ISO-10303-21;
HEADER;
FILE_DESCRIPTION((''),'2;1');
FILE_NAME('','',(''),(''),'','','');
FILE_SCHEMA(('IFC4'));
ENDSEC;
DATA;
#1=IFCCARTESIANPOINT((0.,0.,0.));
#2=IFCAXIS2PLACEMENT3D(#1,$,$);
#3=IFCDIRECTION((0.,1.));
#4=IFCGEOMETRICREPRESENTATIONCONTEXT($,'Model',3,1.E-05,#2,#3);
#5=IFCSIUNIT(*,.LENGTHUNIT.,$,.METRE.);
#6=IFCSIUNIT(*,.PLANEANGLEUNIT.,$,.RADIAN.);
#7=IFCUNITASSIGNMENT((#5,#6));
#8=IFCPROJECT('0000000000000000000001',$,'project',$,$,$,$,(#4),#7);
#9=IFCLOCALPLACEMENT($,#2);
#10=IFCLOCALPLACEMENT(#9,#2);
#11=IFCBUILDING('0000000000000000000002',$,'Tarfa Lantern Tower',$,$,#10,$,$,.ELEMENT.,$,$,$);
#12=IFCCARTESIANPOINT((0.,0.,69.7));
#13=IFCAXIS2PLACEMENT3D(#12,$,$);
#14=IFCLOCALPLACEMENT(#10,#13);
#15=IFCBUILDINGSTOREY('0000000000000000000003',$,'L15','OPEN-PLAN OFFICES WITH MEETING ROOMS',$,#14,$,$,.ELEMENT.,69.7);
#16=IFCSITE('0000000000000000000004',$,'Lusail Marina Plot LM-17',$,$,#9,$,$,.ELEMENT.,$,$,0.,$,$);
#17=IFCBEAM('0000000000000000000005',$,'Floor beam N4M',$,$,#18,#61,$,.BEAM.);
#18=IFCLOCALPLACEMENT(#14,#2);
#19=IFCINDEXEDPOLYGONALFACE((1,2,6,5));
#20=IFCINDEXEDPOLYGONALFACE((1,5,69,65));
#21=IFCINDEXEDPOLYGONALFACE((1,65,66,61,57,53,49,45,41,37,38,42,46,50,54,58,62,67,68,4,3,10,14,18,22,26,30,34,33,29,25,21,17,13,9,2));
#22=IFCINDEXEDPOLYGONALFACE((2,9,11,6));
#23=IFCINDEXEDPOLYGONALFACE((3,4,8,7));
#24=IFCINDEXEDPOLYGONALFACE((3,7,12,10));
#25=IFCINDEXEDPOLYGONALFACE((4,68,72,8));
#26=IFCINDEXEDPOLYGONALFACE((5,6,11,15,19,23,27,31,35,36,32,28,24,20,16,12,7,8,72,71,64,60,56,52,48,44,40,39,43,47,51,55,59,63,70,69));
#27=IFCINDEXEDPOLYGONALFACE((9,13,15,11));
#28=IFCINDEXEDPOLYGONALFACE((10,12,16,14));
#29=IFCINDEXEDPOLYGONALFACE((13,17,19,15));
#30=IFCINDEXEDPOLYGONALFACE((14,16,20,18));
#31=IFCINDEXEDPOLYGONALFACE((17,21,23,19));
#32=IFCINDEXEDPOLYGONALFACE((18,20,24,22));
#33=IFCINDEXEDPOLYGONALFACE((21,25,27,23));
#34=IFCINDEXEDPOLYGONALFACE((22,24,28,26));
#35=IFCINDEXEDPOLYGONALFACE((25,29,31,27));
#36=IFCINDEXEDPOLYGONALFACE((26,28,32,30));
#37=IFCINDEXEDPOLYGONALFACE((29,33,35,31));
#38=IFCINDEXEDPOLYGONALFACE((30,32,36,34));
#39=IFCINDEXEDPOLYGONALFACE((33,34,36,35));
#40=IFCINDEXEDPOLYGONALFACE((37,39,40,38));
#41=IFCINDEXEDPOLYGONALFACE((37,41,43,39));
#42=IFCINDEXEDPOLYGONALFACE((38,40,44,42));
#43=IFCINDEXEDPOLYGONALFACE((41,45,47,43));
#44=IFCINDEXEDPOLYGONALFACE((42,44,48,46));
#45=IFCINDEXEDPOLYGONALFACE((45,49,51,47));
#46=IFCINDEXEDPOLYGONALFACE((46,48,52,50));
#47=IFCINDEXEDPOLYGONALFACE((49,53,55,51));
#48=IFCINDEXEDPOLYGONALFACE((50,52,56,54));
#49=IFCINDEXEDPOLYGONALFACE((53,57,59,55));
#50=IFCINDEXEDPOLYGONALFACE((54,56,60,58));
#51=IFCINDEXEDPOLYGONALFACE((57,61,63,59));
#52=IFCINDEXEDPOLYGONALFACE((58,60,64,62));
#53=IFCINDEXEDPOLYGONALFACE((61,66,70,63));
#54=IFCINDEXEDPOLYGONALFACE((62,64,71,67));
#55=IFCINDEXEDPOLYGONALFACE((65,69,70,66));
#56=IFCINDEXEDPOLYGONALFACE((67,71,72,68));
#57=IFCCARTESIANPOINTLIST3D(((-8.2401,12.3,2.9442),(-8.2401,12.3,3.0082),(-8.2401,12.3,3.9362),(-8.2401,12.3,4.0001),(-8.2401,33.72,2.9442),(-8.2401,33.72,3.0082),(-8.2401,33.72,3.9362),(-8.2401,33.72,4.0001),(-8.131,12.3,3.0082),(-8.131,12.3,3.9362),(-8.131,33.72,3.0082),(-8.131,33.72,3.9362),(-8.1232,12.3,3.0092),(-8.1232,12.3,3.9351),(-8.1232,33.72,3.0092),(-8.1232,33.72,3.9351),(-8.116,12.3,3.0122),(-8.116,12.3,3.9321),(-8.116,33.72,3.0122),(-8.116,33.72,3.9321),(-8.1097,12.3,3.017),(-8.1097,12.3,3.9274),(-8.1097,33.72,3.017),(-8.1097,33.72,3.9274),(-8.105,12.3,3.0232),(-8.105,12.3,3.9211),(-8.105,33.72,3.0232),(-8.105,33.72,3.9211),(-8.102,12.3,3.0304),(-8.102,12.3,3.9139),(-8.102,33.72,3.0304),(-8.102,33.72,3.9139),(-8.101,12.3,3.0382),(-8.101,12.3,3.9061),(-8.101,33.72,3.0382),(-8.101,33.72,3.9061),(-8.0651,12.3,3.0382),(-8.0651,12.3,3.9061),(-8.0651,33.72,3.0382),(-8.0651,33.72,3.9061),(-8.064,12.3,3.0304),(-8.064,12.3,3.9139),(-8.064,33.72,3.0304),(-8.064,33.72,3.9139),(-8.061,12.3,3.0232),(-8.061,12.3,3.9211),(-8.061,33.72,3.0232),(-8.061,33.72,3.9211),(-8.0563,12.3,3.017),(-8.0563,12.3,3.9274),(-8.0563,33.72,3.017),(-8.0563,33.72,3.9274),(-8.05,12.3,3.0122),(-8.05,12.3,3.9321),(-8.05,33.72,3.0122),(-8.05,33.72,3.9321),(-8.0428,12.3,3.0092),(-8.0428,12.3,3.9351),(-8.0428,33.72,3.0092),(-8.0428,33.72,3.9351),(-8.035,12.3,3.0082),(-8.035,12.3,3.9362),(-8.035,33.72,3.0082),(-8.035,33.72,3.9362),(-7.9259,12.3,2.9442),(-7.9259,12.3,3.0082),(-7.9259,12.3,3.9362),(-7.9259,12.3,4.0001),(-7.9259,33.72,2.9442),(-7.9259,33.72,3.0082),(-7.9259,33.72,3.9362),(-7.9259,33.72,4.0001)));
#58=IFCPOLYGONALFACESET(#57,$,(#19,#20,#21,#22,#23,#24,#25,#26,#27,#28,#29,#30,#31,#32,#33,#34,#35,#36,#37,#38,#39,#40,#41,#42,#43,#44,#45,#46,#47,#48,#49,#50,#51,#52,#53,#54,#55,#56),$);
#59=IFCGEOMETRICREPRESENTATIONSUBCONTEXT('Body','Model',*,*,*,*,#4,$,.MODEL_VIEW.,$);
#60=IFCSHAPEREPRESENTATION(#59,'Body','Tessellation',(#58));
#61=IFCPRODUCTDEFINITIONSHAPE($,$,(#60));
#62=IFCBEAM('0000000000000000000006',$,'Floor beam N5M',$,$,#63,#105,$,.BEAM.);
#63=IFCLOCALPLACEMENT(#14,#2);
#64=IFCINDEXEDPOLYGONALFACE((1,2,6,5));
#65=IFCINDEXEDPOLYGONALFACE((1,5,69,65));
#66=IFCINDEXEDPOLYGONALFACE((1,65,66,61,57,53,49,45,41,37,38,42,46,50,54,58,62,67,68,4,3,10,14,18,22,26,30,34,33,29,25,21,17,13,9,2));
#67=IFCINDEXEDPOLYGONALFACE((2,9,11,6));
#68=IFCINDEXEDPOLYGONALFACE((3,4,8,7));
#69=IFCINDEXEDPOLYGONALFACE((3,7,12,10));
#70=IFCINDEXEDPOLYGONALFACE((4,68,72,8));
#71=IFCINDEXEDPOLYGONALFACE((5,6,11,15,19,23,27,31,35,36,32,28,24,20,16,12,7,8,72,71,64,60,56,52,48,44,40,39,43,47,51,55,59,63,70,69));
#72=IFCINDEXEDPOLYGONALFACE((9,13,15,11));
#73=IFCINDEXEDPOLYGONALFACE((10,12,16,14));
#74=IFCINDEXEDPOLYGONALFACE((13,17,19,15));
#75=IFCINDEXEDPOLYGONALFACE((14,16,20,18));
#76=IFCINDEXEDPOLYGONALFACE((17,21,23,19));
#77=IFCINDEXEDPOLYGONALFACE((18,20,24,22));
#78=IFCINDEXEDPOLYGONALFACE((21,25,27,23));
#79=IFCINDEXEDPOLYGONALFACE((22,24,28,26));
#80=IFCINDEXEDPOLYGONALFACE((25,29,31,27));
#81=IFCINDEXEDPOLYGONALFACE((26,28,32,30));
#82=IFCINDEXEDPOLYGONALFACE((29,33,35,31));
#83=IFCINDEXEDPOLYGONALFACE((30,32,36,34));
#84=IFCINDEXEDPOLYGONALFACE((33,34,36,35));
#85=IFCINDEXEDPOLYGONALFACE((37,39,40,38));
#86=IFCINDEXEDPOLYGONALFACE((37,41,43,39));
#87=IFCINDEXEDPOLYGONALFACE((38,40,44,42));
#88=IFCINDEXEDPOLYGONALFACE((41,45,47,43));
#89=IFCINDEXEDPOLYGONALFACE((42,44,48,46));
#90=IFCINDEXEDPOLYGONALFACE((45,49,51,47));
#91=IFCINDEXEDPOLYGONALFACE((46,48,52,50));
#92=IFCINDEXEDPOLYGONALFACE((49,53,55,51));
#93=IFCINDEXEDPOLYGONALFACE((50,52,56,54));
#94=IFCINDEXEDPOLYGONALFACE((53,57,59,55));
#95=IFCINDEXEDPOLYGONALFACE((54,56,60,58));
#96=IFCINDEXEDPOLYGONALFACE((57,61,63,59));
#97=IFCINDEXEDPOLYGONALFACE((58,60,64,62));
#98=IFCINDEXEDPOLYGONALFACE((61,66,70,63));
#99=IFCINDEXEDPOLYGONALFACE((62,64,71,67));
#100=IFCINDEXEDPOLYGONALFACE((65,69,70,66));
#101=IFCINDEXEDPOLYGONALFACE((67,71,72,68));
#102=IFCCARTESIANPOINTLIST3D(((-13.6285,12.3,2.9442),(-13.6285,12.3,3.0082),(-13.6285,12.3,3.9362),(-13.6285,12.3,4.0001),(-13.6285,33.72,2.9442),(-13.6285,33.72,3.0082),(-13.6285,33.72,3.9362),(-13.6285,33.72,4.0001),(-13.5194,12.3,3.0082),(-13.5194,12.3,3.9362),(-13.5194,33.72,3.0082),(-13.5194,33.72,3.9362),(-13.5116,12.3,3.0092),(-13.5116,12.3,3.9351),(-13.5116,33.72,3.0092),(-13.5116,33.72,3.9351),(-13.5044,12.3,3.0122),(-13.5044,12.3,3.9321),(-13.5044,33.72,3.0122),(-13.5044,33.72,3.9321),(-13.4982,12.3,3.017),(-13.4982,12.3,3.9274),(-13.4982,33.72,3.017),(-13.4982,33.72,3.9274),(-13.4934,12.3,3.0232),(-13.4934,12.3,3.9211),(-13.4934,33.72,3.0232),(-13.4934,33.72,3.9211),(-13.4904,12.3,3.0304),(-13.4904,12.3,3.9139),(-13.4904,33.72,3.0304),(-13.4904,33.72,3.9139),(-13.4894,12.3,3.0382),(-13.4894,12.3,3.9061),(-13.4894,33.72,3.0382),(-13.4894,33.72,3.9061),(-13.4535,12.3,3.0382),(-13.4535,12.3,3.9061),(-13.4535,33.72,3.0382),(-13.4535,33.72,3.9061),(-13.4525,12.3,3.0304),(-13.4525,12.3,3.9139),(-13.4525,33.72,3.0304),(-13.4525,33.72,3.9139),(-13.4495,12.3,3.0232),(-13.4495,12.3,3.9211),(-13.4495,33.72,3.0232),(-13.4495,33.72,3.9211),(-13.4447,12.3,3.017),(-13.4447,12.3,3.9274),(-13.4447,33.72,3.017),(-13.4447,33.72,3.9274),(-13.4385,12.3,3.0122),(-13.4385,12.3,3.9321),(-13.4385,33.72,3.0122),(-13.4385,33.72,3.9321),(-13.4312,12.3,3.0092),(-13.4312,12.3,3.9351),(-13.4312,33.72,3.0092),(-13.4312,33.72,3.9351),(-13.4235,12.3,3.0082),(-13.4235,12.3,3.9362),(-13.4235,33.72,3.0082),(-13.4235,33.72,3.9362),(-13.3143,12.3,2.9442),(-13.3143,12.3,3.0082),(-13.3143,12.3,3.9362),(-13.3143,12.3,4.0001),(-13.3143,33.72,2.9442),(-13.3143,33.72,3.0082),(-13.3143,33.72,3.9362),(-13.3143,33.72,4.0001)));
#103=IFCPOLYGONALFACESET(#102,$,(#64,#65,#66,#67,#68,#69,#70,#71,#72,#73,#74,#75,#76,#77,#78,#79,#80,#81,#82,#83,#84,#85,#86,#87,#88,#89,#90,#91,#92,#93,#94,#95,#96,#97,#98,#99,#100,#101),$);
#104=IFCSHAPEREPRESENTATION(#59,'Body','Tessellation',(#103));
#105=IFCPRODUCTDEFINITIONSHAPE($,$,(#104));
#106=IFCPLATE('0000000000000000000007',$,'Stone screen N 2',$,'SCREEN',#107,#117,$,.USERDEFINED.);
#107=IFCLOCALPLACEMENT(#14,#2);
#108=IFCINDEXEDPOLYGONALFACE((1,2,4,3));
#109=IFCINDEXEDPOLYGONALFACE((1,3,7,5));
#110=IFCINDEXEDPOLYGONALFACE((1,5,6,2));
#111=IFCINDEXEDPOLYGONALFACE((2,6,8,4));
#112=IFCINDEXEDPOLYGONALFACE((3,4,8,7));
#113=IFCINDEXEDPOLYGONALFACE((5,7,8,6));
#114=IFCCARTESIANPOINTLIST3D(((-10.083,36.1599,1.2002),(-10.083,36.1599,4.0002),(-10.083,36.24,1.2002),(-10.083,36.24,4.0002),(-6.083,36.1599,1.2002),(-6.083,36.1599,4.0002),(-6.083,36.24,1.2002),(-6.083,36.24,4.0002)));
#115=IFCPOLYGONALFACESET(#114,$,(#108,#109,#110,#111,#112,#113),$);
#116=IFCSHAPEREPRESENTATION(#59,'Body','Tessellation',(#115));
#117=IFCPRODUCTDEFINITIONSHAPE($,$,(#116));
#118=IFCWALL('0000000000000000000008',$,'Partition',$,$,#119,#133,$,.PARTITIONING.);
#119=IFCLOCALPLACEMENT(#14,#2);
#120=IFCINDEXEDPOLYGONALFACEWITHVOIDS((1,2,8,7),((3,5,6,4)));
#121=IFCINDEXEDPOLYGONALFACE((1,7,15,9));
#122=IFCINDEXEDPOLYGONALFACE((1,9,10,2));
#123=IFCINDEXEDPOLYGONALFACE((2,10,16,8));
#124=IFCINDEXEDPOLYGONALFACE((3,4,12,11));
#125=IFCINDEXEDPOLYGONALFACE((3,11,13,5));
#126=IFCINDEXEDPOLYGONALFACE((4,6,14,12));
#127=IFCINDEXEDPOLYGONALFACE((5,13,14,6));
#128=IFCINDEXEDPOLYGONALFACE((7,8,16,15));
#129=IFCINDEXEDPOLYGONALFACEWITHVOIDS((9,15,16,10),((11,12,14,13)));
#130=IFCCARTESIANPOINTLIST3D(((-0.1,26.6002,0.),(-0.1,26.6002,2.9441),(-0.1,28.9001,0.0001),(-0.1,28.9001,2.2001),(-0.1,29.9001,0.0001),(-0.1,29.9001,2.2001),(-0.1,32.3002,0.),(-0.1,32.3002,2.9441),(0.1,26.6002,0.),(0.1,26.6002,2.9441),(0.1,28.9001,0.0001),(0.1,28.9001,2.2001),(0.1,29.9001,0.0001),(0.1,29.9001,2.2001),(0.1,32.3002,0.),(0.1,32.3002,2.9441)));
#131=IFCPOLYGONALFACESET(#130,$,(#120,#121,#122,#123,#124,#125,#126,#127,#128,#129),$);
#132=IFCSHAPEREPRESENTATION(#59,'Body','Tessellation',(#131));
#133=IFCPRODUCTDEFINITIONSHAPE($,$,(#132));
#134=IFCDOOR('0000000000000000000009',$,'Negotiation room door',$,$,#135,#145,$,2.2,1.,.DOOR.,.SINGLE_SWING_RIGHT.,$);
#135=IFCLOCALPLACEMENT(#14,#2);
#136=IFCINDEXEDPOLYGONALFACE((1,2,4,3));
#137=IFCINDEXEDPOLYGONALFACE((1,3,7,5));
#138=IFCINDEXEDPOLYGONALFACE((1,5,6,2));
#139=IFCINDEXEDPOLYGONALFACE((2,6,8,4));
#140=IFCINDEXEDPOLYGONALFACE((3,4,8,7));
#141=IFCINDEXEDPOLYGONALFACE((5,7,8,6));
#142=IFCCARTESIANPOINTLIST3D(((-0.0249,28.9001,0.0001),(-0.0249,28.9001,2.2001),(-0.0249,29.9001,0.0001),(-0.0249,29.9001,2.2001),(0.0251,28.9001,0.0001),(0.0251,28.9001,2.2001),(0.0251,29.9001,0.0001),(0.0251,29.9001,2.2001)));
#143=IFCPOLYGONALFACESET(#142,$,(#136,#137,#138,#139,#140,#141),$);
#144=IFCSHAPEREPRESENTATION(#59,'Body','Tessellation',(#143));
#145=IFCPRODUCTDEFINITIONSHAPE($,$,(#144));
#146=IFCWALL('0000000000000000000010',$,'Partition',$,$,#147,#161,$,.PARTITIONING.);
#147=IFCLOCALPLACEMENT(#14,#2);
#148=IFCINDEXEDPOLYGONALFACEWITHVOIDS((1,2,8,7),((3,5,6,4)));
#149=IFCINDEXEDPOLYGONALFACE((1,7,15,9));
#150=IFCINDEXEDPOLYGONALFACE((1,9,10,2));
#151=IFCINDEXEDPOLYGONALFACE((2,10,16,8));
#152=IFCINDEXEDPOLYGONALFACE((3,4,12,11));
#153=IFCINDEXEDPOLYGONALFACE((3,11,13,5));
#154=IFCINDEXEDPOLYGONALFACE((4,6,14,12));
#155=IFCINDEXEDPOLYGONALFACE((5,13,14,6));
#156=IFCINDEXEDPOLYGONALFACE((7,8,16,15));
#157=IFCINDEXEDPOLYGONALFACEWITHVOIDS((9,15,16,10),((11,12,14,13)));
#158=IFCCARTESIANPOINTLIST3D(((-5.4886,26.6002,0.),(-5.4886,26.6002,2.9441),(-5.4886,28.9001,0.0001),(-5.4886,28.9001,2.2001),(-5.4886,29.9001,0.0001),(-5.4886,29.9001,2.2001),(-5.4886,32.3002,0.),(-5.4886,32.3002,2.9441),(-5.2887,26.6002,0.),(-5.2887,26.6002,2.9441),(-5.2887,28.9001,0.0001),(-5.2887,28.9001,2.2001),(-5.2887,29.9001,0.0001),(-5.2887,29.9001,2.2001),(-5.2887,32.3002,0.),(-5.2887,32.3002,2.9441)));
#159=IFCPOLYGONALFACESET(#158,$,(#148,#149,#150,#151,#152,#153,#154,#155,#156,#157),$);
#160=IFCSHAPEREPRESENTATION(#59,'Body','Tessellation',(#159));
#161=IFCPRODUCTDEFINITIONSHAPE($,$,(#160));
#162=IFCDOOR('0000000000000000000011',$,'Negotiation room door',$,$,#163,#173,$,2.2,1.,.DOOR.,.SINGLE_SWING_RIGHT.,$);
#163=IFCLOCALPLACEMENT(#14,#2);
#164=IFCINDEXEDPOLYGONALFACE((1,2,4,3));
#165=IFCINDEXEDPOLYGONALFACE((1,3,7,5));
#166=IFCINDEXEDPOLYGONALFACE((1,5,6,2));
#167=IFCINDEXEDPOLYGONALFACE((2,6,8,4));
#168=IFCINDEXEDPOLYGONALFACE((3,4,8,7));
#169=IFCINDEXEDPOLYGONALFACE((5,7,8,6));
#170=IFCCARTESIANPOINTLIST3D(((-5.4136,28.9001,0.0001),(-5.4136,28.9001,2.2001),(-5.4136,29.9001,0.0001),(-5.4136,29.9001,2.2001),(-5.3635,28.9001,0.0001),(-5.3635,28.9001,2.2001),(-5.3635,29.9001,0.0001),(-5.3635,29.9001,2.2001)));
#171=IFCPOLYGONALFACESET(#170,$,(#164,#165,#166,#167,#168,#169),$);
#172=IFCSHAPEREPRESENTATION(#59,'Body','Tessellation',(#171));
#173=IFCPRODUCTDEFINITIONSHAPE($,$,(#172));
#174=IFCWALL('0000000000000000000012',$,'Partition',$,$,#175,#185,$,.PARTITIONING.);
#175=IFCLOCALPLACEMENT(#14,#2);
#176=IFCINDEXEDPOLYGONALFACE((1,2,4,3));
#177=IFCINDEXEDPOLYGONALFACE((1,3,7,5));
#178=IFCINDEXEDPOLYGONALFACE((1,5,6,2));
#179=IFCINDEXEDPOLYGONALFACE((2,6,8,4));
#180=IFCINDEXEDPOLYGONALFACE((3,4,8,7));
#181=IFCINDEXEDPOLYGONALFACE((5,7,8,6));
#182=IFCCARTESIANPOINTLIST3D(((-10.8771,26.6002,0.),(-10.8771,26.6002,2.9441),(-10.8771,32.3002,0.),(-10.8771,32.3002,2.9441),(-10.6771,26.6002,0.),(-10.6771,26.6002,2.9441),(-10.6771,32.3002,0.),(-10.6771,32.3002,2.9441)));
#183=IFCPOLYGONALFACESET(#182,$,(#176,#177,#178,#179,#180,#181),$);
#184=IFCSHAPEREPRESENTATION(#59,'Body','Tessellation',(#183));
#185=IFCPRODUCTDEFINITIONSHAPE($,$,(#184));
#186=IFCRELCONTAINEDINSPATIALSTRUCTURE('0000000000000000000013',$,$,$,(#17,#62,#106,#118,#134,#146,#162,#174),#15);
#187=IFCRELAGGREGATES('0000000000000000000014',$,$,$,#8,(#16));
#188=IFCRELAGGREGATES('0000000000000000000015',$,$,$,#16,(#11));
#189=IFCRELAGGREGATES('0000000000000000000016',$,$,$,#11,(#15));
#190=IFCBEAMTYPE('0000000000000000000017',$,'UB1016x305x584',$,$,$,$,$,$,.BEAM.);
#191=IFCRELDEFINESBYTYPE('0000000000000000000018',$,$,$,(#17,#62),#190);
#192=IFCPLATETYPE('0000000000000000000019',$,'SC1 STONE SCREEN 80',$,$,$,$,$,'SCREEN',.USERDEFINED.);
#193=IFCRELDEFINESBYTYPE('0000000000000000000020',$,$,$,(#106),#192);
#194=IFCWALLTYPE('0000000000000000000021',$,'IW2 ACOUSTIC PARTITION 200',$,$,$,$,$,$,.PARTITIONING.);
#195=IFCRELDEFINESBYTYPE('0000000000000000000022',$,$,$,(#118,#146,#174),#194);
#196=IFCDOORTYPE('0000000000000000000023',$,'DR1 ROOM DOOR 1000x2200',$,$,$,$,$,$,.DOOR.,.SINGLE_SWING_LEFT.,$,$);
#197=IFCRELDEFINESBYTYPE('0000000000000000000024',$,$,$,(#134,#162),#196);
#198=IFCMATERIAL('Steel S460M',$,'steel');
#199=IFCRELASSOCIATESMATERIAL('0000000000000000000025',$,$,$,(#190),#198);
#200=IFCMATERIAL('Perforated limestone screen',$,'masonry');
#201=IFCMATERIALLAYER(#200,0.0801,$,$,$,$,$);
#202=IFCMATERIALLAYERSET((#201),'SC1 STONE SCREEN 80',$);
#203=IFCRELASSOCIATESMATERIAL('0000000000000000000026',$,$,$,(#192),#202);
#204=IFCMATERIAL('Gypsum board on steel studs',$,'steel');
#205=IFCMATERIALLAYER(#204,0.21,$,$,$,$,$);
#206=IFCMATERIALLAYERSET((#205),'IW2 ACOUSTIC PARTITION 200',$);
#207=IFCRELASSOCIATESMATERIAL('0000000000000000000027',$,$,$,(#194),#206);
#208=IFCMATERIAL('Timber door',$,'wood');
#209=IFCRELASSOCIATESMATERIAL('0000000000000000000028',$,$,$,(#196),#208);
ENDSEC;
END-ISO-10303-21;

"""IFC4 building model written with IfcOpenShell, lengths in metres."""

from ifc_helpers import new_model, si_unit, direction, frame, frame_2d, origin, origin_2d, place, context, subcontext, project, spatial, rectangle, i_section, extrude, material, layer, layer_set, material_profile, profile_set, type_object, element, fill, save


model = new_model("IFC4")

# Units and contexts
model_context = context("Model", 3, precision=1e-05, world=origin(), true_north=direction((0.0, 1.0)))
body_context = subcontext(model_context, "Body", "Model", "MODEL_VIEW")
ifc_project = project(units=[si_unit("LENGTHUNIT", "METRE"), si_unit("PLANEANGLEUNIT", "RADIAN")], contexts=[model_context])

# Site, building, storey
site_placement = place(None, origin())
site = spatial("IfcSite", under=ifc_project, at=site_placement, Name="Lusail Marina Plot LM-17", CompositionType="ELEMENT", RefElevation=0.0)
building_placement = place(site_placement, origin())
building = spatial("IfcBuilding", under=site, at=building_placement, Name="Tarfa Lantern Tower", CompositionType="ELEMENT")
storey_placement = place(building_placement, frame((0.0, 0.0, 69.7)))
storey = spatial("IfcBuildingStorey", under=building, at=storey_placement, Name="L15", Description="OPEN-PLAN OFFICES WITH MEETING ROOMS", CompositionType="ELEMENT", Elevation=69.7)

# Beams
ifc_material_1 = material(Name="Steel S460M", Category="steel")
ifc_material_profile_1 = material_profile(ifc_material_1, i_section(OverallWidth=0.3142, OverallDepth=1.0559, WebThickness=0.0359, FlangeThickness=0.064, FilletRadius=0.03, at=origin_2d()), Name="UB1016x305x584")
ifc_profile_set_1 = profile_set([ifc_material_profile_1], Name="Steel S460M")
beam_type_1 = type_object("IfcBeamType", Name="UB1016x305x584", PredefinedType="BEAM", material=ifc_profile_set_1)
for number, where, z_axis, x_axis, name in (
    (1, (-8.083, 33.72, 3.4722), (0.0, -1.0, 0.0), (1.0, 0.0, 0.0), "Floor beam N4M"),
    (2, (-13.4714, 33.72, 3.4722), (0.0, -1.0, 0.0), (1.0, 0.0, 0.0), "Floor beam N5M"),
):
    element("IfcBeam", number, at=place(storey_placement, frame(where, z_axis=z_axis, x_axis=x_axis)), inside=storey, type_object=beam_type_1, Name=name, PredefinedType="BEAM", context=body_context, shape_type="SweptSolid", body=[
        extrude(i_section(OverallWidth=0.3142, OverallDepth=1.0559, WebThickness=0.0359, FlangeThickness=0.064, FilletRadius=0.03, at=origin_2d()), origin(), (0.0, 0.0, 1.0), 21.4199),
    ])

# Plate
ifc_material_2 = material(Name="Perforated limestone screen", Category="masonry")
ifc_layer_1 = layer(ifc_material_2, 0.0801)
ifc_layer_set_1 = layer_set([ifc_layer_1], Name="SC1 STONE SCREEN 80")
plate_type = type_object("IfcPlateType", Name="SC1 STONE SCREEN 80", ElementType="SCREEN", PredefinedType="USERDEFINED", material=ifc_layer_set_1)
plate_placement = place(storey_placement, frame((-8.083, 36.2, 1.2002), z_axis=(0.0, 0.0, 1.0), x_axis=(-1.0, 0.0, 0.0)))
element("IfcPlate", 3, at=plate_placement, inside=storey, type_object=plate_type, Name="Stone screen N 2", ObjectType="SCREEN", PredefinedType="USERDEFINED", context=body_context, shape_type="SweptSolid", body=[
    extrude(rectangle(XDim=4.0, YDim=0.0801, at=origin_2d()), origin(), (0.0, 0.0, 1.0), 2.8),
])

# Walls, openings, doors
ifc_material_3 = material(Name="Gypsum board on steel studs", Category="steel")
ifc_layer_2 = layer(ifc_material_3, 0.21)
ifc_layer_set_2 = layer_set([ifc_layer_2], Name="IW2 ACOUSTIC PARTITION 200")
wall_type = type_object("IfcWallType", Name="IW2 ACOUSTIC PARTITION 200", PredefinedType="PARTITIONING", material=ifc_layer_set_2)
wall_1_placement = place(storey_placement, frame((0.0, 26.6001, 0.0), z_axis=(0.0, 0.0, 1.0), x_axis=(0.0, 1.0, 0.0)))
wall_1 = element("IfcWall", 4, at=wall_1_placement, inside=storey, type_object=wall_type, Name="Partition", PredefinedType="PARTITIONING", context=body_context, shape_type="SweptSolid", body=[
    extrude(rectangle(XDim=5.7, YDim=0.2, at=frame_2d((2.8501, 0.0))), origin(), (0.0, 0.0, 1.0), 2.9441),
])
opening_1_placement = place(wall_1_placement, frame((2.3, 0.0, 0.0)))
opening_1 = element("IfcOpeningElement", 5, at=opening_1_placement, cuts=wall_1, PredefinedType="OPENING", context=body_context, shape_type="SweptSolid", body=[
    extrude(rectangle(XDim=1.0, YDim=2.2, at=frame_2d((0.5, 1.1001))), frame((0.0, 0.1099, 0.0), z_axis=(0.0, -1.0, 0.0), x_axis=(1.0, 0.0, 0.0)), (0.0, 0.0, 1.0), 0.22),
])
ifc_material_4 = material(Name="Timber door", Category="wood")
door_type_1 = type_object("IfcDoorType", Name="DR1 ROOM DOOR 1000x2200", OperationType="SINGLE_SWING_LEFT", PredefinedType="DOOR", material=ifc_material_4)
door_1_placement = place(opening_1_placement, origin())
door_1 = element("IfcDoor", 6, at=door_1_placement, inside=storey, type_object=door_type_1, Name="Negotiation room door", OperationType="SINGLE_SWING_RIGHT", OverallHeight=2.2, OverallWidth=1.0, PredefinedType="DOOR", context=body_context, shape_type="SweptSolid", body=[
    extrude(rectangle(XDim=1.0, YDim=2.2, at=frame_2d((0.5, 1.1001))), frame((0.0, 0.0249, 0.0), z_axis=(0.0, -1.0, 0.0), x_axis=(1.0, 0.0, 0.0)), (0.0, 0.0, 1.0), 0.05),
])
fill(opening_1, door_1)
wall_2_placement = place(storey_placement, frame((-5.3887, 26.6001, 0.0), z_axis=(0.0, 0.0, 1.0), x_axis=(0.0, 1.0, 0.0)))
wall_2 = element("IfcWall", 7, at=wall_2_placement, inside=storey, type_object=wall_type, Name="Partition", PredefinedType="PARTITIONING", context=body_context, shape_type="SweptSolid", body=[
    extrude(rectangle(XDim=5.7, YDim=0.2, at=frame_2d((2.8501, 0.0))), origin(), (0.0, 0.0, 1.0), 2.9441),
])
opening_2_placement = place(wall_2_placement, frame((2.3, 0.0, 0.0)))
opening_2 = element("IfcOpeningElement", 8, at=opening_2_placement, cuts=wall_2, PredefinedType="OPENING", context=body_context, shape_type="SweptSolid", body=[
    extrude(rectangle(XDim=1.0, YDim=2.2, at=frame_2d((0.5, 1.1001))), frame((0.0, 0.1099, 0.0), z_axis=(0.0, -1.0, 0.0), x_axis=(1.0, 0.0, 0.0)), (0.0, 0.0, 1.0), 0.22),
])
door_2_placement = place(opening_2_placement, origin())
door_2 = element("IfcDoor", 9, at=door_2_placement, inside=storey, type_object=door_type_1, Name="Negotiation room door", OperationType="SINGLE_SWING_RIGHT", OverallHeight=2.2, OverallWidth=1.0, PredefinedType="DOOR", context=body_context, shape_type="SweptSolid", body=[
    extrude(rectangle(XDim=1.0, YDim=2.2, at=frame_2d((0.5, 1.1001))), frame((0.0, 0.0249, 0.0), z_axis=(0.0, -1.0, 0.0), x_axis=(1.0, 0.0, 0.0)), (0.0, 0.0, 1.0), 0.05),
])
fill(opening_2, door_2)

# Wall
wall_3_placement = place(storey_placement, frame((-10.7771, 26.6001, 0.0), z_axis=(0.0, 0.0, 1.0), x_axis=(0.0, 1.0, 0.0)))
element("IfcWall", 10, at=wall_3_placement, inside=storey, type_object=wall_type, Name="Partition", PredefinedType="PARTITIONING", context=body_context, shape_type="SweptSolid", body=[
    extrude(rectangle(XDim=5.7, YDim=0.2, at=frame_2d((2.8501, 0.0))), origin(), (0.0, 0.0, 1.0), 2.9441),
])

save(model, "model.ifc")
